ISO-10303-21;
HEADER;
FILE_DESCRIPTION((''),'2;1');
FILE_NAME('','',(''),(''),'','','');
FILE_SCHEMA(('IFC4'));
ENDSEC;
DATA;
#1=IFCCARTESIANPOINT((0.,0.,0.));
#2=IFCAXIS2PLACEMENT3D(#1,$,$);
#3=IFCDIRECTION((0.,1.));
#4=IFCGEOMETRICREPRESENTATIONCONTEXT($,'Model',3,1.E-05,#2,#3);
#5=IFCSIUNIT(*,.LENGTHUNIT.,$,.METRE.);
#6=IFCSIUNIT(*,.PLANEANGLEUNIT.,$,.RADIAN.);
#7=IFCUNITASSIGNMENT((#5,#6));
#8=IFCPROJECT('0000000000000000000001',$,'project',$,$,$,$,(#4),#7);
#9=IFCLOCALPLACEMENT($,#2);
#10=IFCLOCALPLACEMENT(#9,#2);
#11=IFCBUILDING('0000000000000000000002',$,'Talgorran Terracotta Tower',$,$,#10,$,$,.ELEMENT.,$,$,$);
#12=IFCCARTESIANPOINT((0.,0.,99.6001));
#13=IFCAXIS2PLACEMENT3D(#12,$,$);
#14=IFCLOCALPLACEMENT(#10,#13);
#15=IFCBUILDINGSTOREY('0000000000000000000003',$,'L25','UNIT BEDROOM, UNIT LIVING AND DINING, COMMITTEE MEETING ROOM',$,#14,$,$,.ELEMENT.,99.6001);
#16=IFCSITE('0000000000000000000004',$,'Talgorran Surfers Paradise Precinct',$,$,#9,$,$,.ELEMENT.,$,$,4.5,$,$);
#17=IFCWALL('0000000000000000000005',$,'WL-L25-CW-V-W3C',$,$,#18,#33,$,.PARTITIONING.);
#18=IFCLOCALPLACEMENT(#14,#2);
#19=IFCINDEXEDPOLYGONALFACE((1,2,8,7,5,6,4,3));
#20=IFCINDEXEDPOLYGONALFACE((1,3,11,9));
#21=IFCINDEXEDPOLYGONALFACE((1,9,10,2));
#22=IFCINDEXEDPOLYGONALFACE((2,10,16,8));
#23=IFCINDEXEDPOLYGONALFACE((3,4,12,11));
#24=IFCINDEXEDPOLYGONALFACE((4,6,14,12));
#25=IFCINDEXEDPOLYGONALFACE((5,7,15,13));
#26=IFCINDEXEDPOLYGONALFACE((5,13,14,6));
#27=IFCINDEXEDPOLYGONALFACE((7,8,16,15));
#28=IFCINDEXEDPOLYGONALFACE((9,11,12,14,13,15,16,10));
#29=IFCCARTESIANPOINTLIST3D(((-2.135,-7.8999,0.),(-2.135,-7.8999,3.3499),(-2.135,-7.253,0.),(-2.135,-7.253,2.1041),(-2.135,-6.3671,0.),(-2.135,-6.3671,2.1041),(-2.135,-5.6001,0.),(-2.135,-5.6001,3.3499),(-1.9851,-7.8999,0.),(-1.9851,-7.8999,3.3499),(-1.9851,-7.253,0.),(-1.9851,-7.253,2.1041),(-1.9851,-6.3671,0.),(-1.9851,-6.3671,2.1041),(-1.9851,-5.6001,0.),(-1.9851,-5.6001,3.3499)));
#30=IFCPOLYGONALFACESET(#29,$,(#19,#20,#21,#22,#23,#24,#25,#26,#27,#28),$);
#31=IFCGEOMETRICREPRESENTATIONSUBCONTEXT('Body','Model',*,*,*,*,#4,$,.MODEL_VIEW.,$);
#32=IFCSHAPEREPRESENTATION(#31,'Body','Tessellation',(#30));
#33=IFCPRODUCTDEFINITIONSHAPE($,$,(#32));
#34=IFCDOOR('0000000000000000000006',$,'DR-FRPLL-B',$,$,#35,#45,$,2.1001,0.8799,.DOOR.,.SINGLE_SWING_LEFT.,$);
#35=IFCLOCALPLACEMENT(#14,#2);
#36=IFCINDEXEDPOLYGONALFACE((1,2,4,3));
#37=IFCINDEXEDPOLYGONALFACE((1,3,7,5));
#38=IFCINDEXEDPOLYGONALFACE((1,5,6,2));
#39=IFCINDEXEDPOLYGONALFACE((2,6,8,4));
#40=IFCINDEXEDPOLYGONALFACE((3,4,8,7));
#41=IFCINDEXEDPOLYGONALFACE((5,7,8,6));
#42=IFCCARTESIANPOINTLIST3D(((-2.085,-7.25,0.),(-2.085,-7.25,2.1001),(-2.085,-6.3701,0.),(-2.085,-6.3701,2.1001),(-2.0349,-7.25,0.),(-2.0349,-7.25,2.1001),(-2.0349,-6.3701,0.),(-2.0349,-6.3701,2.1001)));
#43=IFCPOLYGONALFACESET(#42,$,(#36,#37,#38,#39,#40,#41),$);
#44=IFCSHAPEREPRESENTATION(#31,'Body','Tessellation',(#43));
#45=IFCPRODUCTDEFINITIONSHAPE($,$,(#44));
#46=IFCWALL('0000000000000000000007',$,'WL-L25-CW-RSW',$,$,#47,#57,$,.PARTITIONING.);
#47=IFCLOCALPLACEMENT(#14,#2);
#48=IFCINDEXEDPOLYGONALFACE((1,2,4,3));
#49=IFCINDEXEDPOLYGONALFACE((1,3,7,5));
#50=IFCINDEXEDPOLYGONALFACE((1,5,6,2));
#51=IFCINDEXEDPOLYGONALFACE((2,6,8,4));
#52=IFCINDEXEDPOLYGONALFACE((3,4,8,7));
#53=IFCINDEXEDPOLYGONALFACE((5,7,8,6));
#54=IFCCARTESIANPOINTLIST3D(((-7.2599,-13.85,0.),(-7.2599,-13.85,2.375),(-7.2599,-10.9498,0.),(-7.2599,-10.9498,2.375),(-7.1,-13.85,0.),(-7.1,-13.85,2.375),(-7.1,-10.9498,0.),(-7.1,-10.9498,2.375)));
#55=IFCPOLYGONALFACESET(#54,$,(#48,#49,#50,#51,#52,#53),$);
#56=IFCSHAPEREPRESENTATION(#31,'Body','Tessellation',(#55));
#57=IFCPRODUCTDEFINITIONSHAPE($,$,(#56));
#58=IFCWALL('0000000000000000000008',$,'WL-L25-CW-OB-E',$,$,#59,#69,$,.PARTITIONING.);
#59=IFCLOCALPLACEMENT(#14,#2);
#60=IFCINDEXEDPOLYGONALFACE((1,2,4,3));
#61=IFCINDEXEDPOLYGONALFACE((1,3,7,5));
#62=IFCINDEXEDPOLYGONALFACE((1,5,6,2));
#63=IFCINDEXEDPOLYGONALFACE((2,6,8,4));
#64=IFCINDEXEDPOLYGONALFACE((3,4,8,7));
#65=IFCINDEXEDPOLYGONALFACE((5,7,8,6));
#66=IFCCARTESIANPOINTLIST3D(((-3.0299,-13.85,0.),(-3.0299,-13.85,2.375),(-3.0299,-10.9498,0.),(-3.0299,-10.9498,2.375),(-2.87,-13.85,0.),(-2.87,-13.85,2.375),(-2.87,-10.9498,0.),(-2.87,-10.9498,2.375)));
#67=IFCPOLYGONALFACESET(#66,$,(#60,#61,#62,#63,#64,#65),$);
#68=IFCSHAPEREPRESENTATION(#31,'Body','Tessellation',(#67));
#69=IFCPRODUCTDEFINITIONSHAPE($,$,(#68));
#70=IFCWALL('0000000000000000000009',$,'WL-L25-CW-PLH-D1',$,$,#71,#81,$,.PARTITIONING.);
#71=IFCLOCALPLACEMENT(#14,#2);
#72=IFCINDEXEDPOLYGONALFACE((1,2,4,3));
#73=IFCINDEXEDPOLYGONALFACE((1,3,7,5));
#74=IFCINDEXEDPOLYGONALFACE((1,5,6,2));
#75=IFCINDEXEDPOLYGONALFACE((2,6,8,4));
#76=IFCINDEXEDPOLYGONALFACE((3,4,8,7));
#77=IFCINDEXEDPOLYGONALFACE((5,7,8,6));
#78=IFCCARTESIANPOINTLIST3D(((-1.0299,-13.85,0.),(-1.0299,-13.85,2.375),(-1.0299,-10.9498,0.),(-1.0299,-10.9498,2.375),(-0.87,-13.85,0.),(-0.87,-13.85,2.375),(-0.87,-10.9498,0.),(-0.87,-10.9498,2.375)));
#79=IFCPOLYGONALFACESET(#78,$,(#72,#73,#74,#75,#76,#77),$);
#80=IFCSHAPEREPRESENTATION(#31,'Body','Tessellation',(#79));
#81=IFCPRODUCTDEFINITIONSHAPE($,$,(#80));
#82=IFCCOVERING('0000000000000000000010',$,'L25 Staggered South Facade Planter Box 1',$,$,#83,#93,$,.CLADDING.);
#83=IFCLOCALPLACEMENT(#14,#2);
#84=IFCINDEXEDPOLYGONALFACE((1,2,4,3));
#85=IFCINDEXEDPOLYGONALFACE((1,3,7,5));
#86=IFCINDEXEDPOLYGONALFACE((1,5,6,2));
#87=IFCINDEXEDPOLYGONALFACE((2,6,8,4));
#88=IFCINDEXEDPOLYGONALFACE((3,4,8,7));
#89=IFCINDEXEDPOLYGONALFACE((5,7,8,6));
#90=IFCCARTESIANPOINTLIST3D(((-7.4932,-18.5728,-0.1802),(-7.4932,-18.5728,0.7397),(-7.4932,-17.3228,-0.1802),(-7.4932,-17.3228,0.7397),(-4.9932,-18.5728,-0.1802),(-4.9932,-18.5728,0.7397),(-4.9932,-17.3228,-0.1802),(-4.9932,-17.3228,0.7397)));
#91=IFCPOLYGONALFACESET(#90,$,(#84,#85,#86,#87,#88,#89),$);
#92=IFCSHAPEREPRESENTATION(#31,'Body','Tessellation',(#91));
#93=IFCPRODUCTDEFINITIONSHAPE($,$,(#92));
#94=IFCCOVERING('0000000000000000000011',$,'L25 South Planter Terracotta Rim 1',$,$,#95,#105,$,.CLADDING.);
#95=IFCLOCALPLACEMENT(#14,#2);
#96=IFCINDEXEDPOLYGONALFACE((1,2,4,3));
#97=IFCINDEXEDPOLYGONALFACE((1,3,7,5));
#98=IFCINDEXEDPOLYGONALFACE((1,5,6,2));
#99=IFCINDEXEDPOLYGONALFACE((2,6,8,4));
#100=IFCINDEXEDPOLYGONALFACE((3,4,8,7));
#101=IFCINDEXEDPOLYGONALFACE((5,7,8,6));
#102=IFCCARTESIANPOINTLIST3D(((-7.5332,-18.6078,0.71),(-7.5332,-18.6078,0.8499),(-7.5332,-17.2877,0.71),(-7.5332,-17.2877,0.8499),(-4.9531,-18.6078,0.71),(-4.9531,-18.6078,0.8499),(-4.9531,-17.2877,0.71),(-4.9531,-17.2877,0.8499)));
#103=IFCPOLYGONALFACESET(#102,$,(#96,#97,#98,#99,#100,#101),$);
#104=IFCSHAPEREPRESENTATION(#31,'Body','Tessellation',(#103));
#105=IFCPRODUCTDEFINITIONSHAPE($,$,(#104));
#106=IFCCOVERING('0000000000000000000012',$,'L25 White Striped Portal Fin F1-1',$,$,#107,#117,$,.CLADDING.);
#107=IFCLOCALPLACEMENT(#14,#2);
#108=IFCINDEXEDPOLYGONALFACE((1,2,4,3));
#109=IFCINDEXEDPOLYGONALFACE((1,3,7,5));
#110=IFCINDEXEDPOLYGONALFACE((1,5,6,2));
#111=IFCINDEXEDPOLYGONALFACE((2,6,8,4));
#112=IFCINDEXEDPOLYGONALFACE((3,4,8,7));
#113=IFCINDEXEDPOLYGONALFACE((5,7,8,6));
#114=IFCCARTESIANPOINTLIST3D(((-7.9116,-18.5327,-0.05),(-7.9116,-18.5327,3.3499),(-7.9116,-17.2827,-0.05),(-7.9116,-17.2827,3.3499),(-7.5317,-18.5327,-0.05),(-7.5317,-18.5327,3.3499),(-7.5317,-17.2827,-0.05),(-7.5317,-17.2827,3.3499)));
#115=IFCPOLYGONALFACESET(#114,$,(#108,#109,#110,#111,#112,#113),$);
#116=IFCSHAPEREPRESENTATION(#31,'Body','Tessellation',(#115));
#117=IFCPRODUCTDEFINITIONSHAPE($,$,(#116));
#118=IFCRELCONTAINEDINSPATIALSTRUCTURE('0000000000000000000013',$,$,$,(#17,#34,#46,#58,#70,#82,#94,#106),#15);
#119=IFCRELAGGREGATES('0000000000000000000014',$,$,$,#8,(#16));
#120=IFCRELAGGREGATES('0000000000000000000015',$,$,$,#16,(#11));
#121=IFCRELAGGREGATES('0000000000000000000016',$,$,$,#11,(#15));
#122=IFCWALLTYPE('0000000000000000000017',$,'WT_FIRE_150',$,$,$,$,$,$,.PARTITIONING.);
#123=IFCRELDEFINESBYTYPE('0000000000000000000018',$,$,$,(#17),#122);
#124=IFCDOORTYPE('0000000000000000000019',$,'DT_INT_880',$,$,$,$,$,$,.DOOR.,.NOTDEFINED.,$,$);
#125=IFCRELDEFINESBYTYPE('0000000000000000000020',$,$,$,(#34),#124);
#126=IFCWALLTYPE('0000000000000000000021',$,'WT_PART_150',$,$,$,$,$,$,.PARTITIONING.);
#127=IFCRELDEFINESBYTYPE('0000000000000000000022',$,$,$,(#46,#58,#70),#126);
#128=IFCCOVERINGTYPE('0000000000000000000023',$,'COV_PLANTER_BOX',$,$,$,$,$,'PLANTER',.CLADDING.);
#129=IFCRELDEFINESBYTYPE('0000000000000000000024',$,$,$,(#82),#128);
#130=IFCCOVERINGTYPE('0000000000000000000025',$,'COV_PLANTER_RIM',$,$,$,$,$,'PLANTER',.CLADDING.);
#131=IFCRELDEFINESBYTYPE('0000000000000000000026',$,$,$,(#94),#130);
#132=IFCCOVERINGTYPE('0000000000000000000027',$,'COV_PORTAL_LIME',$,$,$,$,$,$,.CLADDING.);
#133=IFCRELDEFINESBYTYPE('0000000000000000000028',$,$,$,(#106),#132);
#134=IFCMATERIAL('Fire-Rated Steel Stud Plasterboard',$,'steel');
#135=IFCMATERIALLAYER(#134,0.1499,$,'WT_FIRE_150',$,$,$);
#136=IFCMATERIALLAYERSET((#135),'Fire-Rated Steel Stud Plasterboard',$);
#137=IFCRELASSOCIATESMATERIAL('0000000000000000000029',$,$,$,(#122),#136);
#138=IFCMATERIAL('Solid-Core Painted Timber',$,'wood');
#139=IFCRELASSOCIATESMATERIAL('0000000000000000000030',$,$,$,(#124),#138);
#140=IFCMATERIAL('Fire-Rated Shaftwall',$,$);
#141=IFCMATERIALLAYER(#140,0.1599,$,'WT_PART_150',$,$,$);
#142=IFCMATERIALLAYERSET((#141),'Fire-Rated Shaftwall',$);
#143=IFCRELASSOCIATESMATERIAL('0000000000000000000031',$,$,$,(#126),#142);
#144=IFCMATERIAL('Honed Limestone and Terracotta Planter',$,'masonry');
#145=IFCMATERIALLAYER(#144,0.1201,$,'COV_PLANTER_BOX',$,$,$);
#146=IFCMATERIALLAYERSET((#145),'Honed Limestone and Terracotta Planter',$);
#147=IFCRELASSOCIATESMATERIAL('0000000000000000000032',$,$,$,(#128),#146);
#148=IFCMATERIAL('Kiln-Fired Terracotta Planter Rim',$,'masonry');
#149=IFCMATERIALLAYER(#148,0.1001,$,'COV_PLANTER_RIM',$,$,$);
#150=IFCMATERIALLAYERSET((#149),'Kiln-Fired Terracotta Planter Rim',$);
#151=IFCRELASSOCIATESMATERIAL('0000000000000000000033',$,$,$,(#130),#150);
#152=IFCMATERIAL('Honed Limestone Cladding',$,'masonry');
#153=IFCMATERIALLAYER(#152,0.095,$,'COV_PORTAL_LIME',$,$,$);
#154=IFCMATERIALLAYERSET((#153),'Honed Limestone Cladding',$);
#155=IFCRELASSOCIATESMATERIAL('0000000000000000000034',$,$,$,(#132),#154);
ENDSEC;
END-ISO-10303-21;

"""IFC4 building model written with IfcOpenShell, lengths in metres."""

from ifc_helpers import new_model, si_unit, direction, frame, frame_2d, origin, origin_2d, place, context, subcontext, project, spatial, rectangle, extrude, material, layer, layer_set, type_object, element, fill, save


model = new_model("IFC4")

# Units and contexts
model_context = context("Model", 3, precision=1e-05, world=origin(), true_north=direction((0.0, 1.0)))
body_context = subcontext(model_context, "Body", "Model", "MODEL_VIEW")
ifc_project = project(units=[si_unit("LENGTHUNIT", "METRE"), si_unit("PLANEANGLEUNIT", "RADIAN")], contexts=[model_context])

# Site, building, storey
site_placement = place(None, origin())
site = spatial("IfcSite", under=ifc_project, at=site_placement, Name="Talgorran Surfers Paradise Precinct", CompositionType="ELEMENT", RefElevation=4.5)
building_placement = place(site_placement, origin())
building = spatial("IfcBuilding", under=site, at=building_placement, Name="Talgorran Terracotta Tower", CompositionType="ELEMENT")
storey_placement = place(building_placement, frame((0.0, 0.0, 99.6001)))
storey = spatial("IfcBuildingStorey", under=building, at=storey_placement, Name="L25", Description="UNIT BEDROOM, UNIT LIVING AND DINING, COMMITTEE MEETING ROOM", CompositionType="ELEMENT", Elevation=99.6001)

# Shared definitions
ifc_material_1 = material(Name="Fire-Rated Steel Stud Plasterboard", Category="steel")
ifc_layer_1 = layer(ifc_material_1, 0.1499, Name="WT_FIRE_150")
ifc_layer_set_1 = layer_set([ifc_layer_1], Name="Fire-Rated Steel Stud Plasterboard")
wall_type_1 = type_object("IfcWallType", Name="WT_FIRE_150", PredefinedType="PARTITIONING", material=ifc_layer_set_1)

# Wall, opening, door
wall_1_placement = place(storey_placement, frame((-2.0601, -7.8999, 0.0), z_axis=(0.0, 0.0, 1.0), x_axis=(0.0, 1.0, 0.0)))
wall_1 = element("IfcWall", 1, at=wall_1_placement, inside=storey, type_object=wall_type_1, Name="WL-L25-CW-V-W3C", PredefinedType="PARTITIONING", context=body_context, shape_type="SweptSolid", body=[
    extrude(rectangle(XDim=2.2998, YDim=0.1499, at=frame_2d((1.1499, 0.0))), origin(), (0.0, 0.0, 1.0), 3.3499),
])
opening_1_placement = place(wall_1_placement, frame((0.6499, 0.0, 0.0)))
opening_1 = element("IfcOpeningElement", 2, at=opening_1_placement, cuts=wall_1, PredefinedType="OPENING", context=body_context, shape_type="SweptSolid", body=[
    extrude(rectangle(XDim=0.8859, YDim=2.1041, at=frame_2d((0.4399, 1.052))), frame((0.0, 0.085, 0.0), z_axis=(0.0, -1.0, 0.0), x_axis=(1.0, 0.0, 0.0)), (0.0, 0.0, 1.0), 0.1699),
])
ifc_material_2 = material(Name="Solid-Core Painted Timber", Category="wood")
door_type_1 = type_object("IfcDoorType", Name="DT_INT_880", OperationType="NOTDEFINED", PredefinedType="DOOR", material=ifc_material_2)
door_1_placement = place(opening_1_placement, origin())
door_1 = element("IfcDoor", 3, at=door_1_placement, inside=storey, type_object=door_type_1, Name="DR-FRPLL-B", OperationType="SINGLE_SWING_LEFT", OverallHeight=2.1001, OverallWidth=0.8799, PredefinedType="DOOR", context=body_context, shape_type="SweptSolid", body=[
    extrude(rectangle(XDim=0.8799, YDim=2.1001, at=frame_2d((0.4399, 1.05))), frame((0.0, 0.0249, 0.0), z_axis=(0.0, -1.0, 0.0), x_axis=(1.0, 0.0, 0.0)), (0.0, 0.0, 1.0), 0.05),
])
fill(opening_1, door_1)

# Walls
ifc_material_3 = material(Name="Fire-Rated Shaftwall")
ifc_layer_2 = layer(ifc_material_3, 0.1599, Name="WT_PART_150")
ifc_layer_set_2 = layer_set([ifc_layer_2], Name="Fire-Rated Shaftwall")
wall_type_2 = type_object("IfcWallType", Name="WT_PART_150", PredefinedType="PARTITIONING", material=ifc_layer_set_2)
for number, where, z_axis, x_axis, name in (
    (4, (-7.1799, -13.8501, 0.0), (0.0, 0.0, 1.0), (0.0, 1.0, 0.0), "WL-L25-CW-RSW"),
    (5, (-2.95, -13.8501, 0.0), (0.0, 0.0, 1.0), (0.0, 1.0, 0.0), "WL-L25-CW-OB-E"),
    (6, (-0.95, -13.8501, 0.0), (0.0, 0.0, 1.0), (0.0, 1.0, 0.0), "WL-L25-CW-PLH-D1"),
):
    element("IfcWall", number, at=place(storey_placement, frame(where, z_axis=z_axis, x_axis=x_axis)), inside=storey, type_object=wall_type_2, Name=name, PredefinedType="PARTITIONING", context=body_context, shape_type="SweptSolid", body=[
        extrude(rectangle(XDim=2.9001, YDim=0.1599, at=frame_2d((1.4502, 0.0))), origin(), (0.0, 0.0, 1.0), 2.375),
    ])

# Coverings
ifc_material_4 = material(Name="Honed Limestone and Terracotta Planter", Category="masonry")
ifc_layer_3 = layer(ifc_material_4, 0.1201, Name="COV_PLANTER_BOX")
ifc_layer_set_3 = layer_set([ifc_layer_3], Name="Honed Limestone and Terracotta Planter")
covering_type_1 = type_object("IfcCoveringType", Name="COV_PLANTER_BOX", ElementType="PLANTER", PredefinedType="CLADDING", material=ifc_layer_set_3)
covering_1_placement = place(storey_placement, frame((-6.2432, -17.9478, -0.1802), z_axis=(0.0, 0.0, 1.0), x_axis=(1.0, 0.0, 0.0)))
element("IfcCovering", 7, at=covering_1_placement, inside=storey, type_object=covering_type_1, Name="L25 Staggered South Facade Planter Box 1", PredefinedType="CLADDING", context=body_context, shape_type="SweptSolid", body=[
    extrude(rectangle(XDim=2.5, YDim=1.25, at=origin_2d()), origin(), (0.0, 0.0, 1.0), 0.9199),
])
ifc_material_5 = material(Name="Kiln-Fired Terracotta Planter Rim", Category="masonry")
ifc_layer_4 = layer(ifc_material_5, 0.1001, Name="COV_PLANTER_RIM")
ifc_layer_set_4 = layer_set([ifc_layer_4], Name="Kiln-Fired Terracotta Planter Rim")
covering_type_2 = type_object("IfcCoveringType", Name="COV_PLANTER_RIM", ElementType="PLANTER", PredefinedType="CLADDING", material=ifc_layer_set_4)
covering_2_placement = place(storey_placement, frame((-6.2432, -17.9478, 0.71), z_axis=(0.0, 0.0, 1.0), x_axis=(1.0, 0.0, 0.0)))
element("IfcCovering", 8, at=covering_2_placement, inside=storey, type_object=covering_type_2, Name="L25 South Planter Terracotta Rim 1", PredefinedType="CLADDING", context=body_context, shape_type="SweptSolid", body=[
    extrude(rectangle(XDim=2.5801, YDim=1.3201, at=origin_2d()), origin(), (0.0, 0.0, 1.0), 0.1399),
])
ifc_material_6 = material(Name="Honed Limestone Cladding", Category="masonry")
ifc_layer_5 = layer(ifc_material_6, 0.095, Name="COV_PORTAL_LIME")
ifc_layer_set_5 = layer_set([ifc_layer_5], Name="Honed Limestone Cladding")
covering_type_3 = type_object("IfcCoveringType", Name="COV_PORTAL_LIME", PredefinedType="CLADDING", material=ifc_layer_set_5)
covering_3_placement = place(storey_placement, frame((-7.7217, -17.9077, -0.05), z_axis=(0.0, 0.0, 1.0), x_axis=(1.0, 0.0, 0.0)))
element("IfcCovering", 9, at=covering_3_placement, inside=storey, type_object=covering_type_3, Name="L25 White Striped Portal Fin F1-1", PredefinedType="CLADDING", context=body_context, shape_type="SweptSolid", body=[
    extrude(rectangle(XDim=0.3799, YDim=1.25, at=origin_2d()), origin(), (0.0, 0.0, 1.0), 3.3999),
])

save(model, "model.ifc")
